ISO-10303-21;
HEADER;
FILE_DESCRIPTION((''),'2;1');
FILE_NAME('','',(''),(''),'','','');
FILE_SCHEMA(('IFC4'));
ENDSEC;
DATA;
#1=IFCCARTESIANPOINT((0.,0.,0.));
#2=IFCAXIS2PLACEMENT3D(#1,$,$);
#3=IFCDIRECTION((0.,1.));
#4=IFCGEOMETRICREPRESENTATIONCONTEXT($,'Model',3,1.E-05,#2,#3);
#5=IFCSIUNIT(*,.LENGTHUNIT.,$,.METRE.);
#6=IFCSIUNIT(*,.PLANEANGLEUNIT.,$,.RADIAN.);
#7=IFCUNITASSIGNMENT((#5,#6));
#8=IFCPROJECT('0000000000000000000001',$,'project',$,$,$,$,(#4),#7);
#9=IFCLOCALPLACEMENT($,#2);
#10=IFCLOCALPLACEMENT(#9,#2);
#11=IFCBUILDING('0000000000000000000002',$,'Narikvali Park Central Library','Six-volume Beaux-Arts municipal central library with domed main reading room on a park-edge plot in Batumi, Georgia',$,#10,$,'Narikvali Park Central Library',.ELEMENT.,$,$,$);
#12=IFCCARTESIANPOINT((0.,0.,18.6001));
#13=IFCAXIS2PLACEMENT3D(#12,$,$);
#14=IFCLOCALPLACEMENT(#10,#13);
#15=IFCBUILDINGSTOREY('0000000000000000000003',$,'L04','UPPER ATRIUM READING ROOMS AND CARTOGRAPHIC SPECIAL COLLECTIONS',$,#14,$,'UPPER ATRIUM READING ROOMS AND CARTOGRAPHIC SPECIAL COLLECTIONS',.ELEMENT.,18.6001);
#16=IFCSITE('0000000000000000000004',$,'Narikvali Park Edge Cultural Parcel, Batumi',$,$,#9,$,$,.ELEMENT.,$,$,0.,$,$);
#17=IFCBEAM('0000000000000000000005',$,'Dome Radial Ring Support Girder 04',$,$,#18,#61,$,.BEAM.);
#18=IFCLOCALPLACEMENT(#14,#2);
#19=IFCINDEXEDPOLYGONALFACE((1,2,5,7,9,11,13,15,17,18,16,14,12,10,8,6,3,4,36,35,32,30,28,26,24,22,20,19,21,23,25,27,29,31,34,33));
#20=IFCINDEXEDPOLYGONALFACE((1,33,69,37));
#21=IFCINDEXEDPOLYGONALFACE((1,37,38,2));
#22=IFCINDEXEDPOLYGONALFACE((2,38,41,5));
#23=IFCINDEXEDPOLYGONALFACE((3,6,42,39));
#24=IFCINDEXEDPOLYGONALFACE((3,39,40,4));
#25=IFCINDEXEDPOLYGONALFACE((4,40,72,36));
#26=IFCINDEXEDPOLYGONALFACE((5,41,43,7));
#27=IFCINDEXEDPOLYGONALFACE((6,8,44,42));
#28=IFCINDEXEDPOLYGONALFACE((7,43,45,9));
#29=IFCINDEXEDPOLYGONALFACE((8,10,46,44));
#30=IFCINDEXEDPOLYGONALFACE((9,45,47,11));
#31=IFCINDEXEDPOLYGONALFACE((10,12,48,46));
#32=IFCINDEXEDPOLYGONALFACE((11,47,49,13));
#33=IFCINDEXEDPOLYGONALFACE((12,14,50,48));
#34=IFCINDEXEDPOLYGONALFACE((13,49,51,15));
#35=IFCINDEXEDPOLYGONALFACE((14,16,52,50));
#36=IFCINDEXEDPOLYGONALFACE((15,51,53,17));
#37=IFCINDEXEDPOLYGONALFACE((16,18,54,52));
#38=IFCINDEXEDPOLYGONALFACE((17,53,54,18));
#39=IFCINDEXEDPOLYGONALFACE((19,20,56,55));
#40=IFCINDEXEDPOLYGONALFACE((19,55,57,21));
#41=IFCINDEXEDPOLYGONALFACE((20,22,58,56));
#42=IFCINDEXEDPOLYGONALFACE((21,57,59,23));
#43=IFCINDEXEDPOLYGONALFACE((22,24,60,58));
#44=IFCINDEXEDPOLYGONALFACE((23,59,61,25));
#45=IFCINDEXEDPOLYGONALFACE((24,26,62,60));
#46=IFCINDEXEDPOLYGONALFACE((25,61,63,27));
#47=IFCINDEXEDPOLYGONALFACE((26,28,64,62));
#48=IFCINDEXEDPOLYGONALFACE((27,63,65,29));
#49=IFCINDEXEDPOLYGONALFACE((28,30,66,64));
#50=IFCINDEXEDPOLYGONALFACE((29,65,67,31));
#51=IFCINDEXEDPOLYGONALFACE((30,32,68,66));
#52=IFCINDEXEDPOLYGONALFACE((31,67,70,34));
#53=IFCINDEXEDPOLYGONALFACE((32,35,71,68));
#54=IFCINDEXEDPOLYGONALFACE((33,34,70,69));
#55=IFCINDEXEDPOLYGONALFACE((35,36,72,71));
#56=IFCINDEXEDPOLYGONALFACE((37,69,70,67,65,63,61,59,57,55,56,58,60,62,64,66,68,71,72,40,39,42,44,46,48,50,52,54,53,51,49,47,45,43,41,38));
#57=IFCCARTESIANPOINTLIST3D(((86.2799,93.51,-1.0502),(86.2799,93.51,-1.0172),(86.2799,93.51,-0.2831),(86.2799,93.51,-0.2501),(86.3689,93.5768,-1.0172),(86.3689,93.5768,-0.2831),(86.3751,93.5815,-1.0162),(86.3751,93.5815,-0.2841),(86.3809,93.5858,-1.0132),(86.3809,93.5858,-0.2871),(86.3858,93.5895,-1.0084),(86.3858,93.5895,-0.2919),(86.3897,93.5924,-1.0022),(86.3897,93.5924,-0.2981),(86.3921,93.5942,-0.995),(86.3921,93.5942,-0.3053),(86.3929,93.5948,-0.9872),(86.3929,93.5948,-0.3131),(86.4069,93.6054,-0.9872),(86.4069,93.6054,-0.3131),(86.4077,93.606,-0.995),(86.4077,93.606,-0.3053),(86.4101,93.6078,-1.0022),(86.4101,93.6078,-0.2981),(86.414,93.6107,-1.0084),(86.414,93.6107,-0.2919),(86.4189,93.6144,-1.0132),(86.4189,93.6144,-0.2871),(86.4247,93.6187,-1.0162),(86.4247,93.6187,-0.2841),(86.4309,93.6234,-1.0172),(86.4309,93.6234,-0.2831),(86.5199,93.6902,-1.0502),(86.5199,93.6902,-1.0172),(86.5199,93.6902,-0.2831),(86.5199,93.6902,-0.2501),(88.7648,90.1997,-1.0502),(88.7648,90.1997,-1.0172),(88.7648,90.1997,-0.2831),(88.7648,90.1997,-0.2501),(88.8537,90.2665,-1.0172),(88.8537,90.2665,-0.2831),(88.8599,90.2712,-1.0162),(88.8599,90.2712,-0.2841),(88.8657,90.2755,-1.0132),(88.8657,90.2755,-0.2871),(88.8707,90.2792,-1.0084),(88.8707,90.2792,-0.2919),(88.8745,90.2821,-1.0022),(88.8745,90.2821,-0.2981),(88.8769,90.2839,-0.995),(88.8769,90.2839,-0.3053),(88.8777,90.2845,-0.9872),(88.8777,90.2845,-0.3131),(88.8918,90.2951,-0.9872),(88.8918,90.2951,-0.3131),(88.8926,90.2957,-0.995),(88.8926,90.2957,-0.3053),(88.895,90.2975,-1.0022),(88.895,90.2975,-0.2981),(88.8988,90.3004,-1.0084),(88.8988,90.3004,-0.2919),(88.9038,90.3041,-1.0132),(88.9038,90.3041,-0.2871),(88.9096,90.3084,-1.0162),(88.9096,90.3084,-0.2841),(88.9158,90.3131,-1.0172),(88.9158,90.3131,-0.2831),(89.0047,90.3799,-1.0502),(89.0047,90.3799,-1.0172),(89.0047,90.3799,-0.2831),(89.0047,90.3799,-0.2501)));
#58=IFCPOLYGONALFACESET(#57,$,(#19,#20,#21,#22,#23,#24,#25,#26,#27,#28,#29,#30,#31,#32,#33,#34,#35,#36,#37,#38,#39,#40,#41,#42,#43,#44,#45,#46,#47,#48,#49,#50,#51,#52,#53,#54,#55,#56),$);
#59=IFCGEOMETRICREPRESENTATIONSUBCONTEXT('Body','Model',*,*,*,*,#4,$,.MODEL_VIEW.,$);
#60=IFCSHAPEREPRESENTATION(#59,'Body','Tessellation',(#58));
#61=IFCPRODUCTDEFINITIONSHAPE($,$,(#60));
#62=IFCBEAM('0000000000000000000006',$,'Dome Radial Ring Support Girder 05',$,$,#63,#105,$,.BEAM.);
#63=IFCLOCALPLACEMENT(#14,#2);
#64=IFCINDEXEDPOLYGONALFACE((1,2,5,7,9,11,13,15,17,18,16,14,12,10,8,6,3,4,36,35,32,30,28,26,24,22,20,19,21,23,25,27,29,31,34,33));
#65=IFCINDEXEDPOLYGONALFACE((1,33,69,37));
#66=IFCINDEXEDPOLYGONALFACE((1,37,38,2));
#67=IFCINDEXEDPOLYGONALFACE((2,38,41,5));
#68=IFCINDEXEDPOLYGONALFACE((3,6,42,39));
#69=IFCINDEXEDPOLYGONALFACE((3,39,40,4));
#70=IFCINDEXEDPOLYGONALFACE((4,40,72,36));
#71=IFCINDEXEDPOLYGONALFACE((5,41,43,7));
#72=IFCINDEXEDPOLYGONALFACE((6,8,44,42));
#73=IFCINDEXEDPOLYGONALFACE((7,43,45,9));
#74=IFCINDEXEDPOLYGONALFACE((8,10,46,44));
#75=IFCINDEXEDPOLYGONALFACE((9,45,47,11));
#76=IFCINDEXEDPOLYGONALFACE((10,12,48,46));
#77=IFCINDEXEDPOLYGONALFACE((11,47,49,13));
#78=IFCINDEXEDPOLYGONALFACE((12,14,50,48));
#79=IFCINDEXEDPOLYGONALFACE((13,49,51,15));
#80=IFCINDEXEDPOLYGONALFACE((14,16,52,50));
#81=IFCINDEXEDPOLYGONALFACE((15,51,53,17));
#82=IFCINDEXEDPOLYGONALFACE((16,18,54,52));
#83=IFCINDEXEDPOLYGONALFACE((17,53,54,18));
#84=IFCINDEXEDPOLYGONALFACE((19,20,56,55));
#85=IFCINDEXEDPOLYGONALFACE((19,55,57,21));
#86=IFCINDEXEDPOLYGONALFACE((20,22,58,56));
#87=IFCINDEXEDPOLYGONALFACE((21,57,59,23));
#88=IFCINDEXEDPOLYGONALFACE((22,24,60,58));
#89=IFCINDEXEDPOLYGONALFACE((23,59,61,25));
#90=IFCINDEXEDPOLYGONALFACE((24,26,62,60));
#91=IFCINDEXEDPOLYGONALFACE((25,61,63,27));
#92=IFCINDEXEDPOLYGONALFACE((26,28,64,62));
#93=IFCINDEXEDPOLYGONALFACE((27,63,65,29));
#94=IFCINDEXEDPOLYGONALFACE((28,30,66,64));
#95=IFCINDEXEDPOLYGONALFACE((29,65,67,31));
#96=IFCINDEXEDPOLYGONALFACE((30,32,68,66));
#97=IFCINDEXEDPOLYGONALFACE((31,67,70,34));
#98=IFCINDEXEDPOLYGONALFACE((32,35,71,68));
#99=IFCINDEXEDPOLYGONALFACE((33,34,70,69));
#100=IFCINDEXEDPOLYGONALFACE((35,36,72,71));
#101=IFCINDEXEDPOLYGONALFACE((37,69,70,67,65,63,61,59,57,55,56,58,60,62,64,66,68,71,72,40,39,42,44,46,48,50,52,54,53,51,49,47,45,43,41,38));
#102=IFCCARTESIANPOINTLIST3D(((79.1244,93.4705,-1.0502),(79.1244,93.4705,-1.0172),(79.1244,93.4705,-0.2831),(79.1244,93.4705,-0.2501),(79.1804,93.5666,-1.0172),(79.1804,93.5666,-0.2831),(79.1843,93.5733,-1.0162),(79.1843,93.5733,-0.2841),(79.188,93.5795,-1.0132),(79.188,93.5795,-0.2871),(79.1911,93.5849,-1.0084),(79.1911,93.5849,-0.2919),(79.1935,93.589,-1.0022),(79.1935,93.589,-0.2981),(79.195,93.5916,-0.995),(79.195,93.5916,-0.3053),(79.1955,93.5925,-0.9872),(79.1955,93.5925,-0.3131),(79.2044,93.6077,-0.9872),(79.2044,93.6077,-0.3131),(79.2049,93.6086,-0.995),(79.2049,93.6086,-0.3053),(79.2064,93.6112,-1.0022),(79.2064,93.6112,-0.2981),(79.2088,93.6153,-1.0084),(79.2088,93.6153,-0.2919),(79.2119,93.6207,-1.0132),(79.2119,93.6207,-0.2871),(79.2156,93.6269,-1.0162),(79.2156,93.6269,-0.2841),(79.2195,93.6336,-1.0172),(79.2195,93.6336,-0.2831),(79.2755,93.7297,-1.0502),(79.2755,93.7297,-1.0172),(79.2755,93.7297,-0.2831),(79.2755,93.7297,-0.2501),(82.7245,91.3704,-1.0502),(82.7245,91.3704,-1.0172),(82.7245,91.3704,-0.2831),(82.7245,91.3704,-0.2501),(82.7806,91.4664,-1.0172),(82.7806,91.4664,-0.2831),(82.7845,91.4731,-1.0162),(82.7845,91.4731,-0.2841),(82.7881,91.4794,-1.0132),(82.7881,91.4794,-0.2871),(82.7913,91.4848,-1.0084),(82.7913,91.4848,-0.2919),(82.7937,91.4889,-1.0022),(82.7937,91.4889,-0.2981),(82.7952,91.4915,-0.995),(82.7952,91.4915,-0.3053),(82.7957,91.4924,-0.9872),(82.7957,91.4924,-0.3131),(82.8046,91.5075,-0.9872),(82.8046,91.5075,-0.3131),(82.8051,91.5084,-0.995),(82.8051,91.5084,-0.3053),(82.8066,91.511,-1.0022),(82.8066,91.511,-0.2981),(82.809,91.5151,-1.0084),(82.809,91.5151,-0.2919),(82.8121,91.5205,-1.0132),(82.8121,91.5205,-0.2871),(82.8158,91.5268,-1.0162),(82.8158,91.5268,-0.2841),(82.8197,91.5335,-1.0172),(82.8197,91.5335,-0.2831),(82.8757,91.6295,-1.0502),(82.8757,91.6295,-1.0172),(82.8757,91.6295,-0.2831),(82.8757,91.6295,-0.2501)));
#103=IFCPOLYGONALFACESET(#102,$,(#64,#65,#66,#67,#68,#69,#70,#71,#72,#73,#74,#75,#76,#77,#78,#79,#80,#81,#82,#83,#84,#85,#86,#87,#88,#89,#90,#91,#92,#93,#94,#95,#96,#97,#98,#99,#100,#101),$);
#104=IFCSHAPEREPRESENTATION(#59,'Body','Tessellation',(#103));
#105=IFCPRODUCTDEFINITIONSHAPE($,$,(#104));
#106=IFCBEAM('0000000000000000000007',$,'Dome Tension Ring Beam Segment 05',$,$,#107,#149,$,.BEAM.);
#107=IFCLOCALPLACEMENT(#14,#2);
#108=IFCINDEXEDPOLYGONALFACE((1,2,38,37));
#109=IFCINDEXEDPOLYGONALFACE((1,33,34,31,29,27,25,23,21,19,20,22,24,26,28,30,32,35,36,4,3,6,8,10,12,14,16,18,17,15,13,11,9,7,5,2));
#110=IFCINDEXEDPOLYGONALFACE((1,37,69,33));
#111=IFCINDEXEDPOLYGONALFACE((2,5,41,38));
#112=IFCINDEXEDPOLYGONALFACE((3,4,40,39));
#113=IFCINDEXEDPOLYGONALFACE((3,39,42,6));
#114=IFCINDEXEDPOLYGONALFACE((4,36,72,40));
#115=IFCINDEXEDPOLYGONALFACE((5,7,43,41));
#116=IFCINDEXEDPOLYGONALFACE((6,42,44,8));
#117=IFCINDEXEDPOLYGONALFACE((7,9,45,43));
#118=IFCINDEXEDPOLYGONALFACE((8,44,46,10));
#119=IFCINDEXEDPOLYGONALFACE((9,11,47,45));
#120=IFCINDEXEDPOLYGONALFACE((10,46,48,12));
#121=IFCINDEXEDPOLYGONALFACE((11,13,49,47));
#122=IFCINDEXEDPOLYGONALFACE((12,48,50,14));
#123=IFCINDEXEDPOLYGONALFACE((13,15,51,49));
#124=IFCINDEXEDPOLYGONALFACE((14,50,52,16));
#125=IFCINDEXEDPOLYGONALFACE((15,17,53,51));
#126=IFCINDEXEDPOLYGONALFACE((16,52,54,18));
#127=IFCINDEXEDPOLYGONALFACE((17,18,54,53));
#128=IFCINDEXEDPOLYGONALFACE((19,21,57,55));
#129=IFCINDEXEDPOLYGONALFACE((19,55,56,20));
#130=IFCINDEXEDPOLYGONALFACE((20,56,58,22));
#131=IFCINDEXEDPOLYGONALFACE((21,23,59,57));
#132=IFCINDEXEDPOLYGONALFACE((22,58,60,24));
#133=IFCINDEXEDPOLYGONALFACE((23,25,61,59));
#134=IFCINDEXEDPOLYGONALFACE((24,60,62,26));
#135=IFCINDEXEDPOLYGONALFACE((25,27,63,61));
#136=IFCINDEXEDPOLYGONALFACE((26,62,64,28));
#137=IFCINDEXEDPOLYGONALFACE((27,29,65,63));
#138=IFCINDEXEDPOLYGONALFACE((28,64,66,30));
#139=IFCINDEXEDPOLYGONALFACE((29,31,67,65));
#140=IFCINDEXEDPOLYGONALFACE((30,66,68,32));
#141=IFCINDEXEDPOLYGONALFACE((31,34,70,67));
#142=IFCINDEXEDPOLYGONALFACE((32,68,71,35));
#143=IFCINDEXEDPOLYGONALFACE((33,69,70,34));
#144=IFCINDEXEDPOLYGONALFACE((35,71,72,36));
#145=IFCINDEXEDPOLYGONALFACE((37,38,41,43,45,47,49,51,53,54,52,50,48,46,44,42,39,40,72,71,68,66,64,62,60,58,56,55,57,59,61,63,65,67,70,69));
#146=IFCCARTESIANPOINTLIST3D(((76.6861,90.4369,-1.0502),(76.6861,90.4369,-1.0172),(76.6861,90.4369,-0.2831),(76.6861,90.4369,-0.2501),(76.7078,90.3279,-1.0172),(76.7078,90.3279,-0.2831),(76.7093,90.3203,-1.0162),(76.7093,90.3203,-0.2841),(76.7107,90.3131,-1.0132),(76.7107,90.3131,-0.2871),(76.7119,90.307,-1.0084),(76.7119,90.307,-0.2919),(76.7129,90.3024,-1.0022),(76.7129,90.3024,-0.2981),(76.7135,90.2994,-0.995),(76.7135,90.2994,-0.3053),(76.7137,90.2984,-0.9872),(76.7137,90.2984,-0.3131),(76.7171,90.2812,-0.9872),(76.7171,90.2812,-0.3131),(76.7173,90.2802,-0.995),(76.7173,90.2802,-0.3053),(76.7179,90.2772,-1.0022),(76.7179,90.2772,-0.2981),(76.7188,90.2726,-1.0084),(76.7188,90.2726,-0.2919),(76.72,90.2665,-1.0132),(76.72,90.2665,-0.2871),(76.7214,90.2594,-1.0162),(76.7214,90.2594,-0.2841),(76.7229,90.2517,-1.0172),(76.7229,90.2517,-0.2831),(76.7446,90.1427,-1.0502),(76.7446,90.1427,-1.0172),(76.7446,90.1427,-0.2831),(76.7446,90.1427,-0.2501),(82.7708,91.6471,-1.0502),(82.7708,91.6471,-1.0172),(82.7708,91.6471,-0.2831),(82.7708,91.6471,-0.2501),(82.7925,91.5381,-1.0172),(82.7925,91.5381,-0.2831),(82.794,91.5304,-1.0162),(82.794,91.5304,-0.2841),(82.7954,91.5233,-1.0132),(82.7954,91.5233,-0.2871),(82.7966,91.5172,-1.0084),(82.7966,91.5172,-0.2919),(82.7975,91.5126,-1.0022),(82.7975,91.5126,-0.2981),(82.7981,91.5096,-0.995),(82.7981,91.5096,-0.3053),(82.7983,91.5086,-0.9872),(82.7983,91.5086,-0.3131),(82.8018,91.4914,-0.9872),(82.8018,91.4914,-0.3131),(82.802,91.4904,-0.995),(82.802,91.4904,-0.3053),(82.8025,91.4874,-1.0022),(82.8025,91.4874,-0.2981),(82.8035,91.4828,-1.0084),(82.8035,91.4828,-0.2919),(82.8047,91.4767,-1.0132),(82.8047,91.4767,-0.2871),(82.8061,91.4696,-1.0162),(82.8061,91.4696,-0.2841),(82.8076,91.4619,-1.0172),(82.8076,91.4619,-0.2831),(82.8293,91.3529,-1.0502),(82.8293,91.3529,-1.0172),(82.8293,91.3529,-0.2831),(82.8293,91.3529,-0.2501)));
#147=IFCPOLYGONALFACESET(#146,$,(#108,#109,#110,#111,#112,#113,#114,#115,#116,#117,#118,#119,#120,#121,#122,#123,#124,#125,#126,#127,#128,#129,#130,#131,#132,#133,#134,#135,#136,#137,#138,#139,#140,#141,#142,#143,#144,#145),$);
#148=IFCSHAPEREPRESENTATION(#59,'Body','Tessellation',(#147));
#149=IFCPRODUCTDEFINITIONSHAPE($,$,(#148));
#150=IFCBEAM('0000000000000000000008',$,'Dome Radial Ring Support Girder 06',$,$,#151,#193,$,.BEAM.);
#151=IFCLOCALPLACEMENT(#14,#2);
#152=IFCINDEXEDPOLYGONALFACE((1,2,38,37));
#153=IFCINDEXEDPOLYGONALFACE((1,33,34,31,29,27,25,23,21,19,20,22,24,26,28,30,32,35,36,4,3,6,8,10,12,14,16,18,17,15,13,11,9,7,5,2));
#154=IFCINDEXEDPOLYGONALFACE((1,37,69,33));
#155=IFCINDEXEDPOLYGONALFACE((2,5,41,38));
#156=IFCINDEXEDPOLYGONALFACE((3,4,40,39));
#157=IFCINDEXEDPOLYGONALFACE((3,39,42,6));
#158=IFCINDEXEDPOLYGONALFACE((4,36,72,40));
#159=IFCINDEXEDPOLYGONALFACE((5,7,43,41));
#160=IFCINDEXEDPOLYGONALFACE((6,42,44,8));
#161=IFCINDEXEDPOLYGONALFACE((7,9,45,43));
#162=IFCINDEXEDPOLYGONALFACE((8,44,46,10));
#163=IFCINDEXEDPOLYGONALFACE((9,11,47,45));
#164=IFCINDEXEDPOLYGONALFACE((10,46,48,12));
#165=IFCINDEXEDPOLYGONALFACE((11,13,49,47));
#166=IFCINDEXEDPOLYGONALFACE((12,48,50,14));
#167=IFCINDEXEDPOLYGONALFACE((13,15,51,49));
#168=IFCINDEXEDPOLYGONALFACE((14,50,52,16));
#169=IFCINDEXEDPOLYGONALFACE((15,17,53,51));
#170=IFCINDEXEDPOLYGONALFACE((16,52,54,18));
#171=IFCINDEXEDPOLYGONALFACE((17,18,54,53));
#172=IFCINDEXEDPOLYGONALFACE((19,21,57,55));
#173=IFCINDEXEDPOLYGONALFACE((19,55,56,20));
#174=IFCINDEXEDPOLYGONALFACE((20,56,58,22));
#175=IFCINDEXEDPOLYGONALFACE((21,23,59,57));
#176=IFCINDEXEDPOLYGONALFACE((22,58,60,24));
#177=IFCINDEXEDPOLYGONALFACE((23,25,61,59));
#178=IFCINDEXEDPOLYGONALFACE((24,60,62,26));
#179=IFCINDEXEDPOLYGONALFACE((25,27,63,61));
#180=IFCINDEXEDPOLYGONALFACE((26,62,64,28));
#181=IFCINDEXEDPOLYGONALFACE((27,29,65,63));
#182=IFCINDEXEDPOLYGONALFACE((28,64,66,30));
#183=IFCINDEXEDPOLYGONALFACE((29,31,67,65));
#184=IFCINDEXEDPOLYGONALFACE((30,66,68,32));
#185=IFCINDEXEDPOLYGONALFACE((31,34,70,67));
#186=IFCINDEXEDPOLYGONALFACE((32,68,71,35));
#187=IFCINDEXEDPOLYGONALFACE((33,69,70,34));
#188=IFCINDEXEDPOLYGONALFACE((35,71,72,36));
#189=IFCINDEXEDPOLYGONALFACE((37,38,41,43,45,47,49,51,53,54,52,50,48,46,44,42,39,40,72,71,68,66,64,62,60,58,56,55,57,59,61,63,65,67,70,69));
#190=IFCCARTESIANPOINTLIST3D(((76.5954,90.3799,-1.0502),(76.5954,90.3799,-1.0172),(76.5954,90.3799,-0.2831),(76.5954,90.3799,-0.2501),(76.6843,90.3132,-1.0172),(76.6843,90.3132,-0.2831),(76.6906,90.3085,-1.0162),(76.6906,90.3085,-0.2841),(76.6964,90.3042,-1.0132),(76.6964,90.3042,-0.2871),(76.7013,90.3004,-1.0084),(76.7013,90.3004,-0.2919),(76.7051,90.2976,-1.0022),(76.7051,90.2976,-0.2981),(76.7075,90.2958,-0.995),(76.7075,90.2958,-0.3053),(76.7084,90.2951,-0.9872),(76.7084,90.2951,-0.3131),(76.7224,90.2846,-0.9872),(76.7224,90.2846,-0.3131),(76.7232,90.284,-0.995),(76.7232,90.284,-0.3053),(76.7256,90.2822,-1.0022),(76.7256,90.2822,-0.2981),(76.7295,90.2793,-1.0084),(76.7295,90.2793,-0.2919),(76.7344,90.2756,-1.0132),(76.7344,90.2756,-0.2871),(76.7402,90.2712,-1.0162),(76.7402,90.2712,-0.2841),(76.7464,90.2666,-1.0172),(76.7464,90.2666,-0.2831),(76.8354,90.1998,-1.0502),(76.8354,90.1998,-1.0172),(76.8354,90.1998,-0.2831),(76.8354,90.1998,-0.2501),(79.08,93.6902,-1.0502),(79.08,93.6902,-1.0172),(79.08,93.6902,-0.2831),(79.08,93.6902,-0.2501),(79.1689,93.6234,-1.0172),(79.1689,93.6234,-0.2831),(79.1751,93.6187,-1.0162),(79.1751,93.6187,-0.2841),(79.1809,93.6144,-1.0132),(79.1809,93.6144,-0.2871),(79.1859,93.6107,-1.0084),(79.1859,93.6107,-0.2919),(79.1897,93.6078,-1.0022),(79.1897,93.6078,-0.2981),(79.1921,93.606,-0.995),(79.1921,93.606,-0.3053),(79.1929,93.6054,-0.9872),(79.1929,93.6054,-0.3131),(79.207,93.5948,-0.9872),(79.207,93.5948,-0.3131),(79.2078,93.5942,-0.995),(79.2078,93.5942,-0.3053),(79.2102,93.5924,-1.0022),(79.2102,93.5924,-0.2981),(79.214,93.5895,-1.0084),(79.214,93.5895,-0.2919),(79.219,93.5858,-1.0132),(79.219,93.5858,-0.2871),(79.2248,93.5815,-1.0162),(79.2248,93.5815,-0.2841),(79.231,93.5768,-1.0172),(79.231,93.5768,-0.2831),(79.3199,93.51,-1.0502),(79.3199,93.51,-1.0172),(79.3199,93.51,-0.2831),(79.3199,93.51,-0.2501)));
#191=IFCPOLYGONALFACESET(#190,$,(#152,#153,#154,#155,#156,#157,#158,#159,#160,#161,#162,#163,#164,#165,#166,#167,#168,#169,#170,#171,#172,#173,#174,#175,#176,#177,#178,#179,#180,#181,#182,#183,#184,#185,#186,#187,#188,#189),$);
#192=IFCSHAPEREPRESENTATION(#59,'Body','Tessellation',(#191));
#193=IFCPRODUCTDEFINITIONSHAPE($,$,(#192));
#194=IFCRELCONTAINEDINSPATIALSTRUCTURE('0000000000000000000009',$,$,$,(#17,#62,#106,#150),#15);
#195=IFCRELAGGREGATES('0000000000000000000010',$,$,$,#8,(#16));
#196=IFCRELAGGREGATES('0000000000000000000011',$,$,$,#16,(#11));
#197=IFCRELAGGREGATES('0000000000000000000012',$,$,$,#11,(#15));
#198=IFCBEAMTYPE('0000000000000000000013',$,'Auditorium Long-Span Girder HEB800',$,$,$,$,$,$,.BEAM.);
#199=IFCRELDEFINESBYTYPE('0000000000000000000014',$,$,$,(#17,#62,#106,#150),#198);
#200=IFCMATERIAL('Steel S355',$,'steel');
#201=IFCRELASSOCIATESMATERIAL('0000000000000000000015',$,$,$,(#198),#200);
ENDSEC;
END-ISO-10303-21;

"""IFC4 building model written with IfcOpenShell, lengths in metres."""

from ifc_helpers import new_model, si_unit, direction, frame, origin, origin_2d, place, context, subcontext, project, spatial, i_section, extrude, material, material_profile, profile_set, type_object, element, save


model = new_model("IFC4")

# Units and contexts
model_context = context("Model", 3, precision=1e-05, world=origin(), true_north=direction((0.0, 1.0)))
body_context = subcontext(model_context, "Body", "Model", "MODEL_VIEW")
ifc_project = project(units=[si_unit("LENGTHUNIT", "METRE"), si_unit("PLANEANGLEUNIT", "RADIAN")], contexts=[model_context])

# Site, building, storey
site_placement = place(None, origin())
site = spatial("IfcSite", under=ifc_project, at=site_placement, Name="Narikvali Park Edge Cultural Parcel, Batumi", CompositionType="ELEMENT", RefElevation=0.0)
building_placement = place(site_placement, origin())
building = spatial("IfcBuilding", under=site, at=building_placement, Name="Narikvali Park Central Library", Description="Six-volume Beaux-Arts municipal central library with domed main reading room on a park-edge plot in Batumi, Georgia", LongName="Narikvali Park Central Library", CompositionType="ELEMENT")
storey_placement = place(building_placement, frame((0.0, 0.0, 18.6001)))
storey = spatial("IfcBuildingStorey", under=building, at=storey_placement, Name="L04", Description="UPPER ATRIUM READING ROOMS AND CARTOGRAPHIC SPECIAL COLLECTIONS", LongName="UPPER ATRIUM READING ROOMS AND CARTOGRAPHIC SPECIAL COLLECTIONS", CompositionType="ELEMENT", Elevation=18.6001)

# Beams
ifc_material_1 = material(Name="Steel S355", Category="steel")
ifc_material_profile_1 = material_profile(ifc_material_1, i_section(OverallWidth=0.3, OverallDepth=0.8, WebThickness=0.0176, FlangeThickness=0.033, FilletRadius=0.03, at=origin_2d()), Name="HEB 800")
ifc_profile_set_1 = profile_set([ifc_material_profile_1], Name="Steel S355")
beam_type_1 = type_object("IfcBeamType", Name="Auditorium Long-Span Girder HEB800", PredefinedType="BEAM", material=ifc_profile_set_1)
beam_1_placement = place(storey_placement, frame((86.3999, 93.6001, -0.6501), z_axis=(0.60033, -0.799752, 0.0), x_axis=(0.799752, 0.60033, 0.0)))
element("IfcBeam", 1, at=beam_1_placement, inside=storey, type_object=beam_type_1, Name="Dome Radial Ring Support Girder 04", PredefinedType="BEAM", context=body_context, shape_type="SweptSolid", body=[
    extrude(i_section(OverallWidth=0.3, OverallDepth=0.8, WebThickness=0.0176, FlangeThickness=0.033, FilletRadius=0.03, at=origin_2d()), origin(), (0.0, 0.0, 1.0), 4.1392),
])
beam_2_placement = place(storey_placement, frame((79.2, 93.6001, -0.6501), z_axis=(0.863775, -0.503878, 0.0), x_axis=(0.503878, 0.863775, 0.0)))
element("IfcBeam", 2, at=beam_2_placement, inside=storey, type_object=beam_type_1, Name="Dome Radial Ring Support Girder 05", PredefinedType="BEAM", context=body_context, shape_type="SweptSolid", body=[
    extrude(i_section(OverallWidth=0.3, OverallDepth=0.8, WebThickness=0.0176, FlangeThickness=0.033, FilletRadius=0.03, at=origin_2d()), origin(), (0.0, 0.0, 1.0), 4.168),
])
beam_3_placement = place(storey_placement, frame((82.8, 91.5, -0.6501), z_axis=(-0.980789, -0.195072, 0.0), x_axis=(0.195072, -0.980789, 0.0)))
element("IfcBeam", 3, at=beam_3_placement, inside=storey, type_object=beam_type_1, Name="Dome Tension Ring Beam Segment 05", PredefinedType="BEAM", context=body_context, shape_type="SweptSolid", body=[
    extrude(i_section(OverallWidth=0.3, OverallDepth=0.8, WebThickness=0.0176, FlangeThickness=0.033, FilletRadius=0.03, at=origin_2d()), origin(), (0.0, 0.0, 1.0), 6.2039),
])
beam_4_placement = place(storey_placement, frame((79.2, 93.6001, -0.6501), z_axis=(-0.600293, -0.799781, 0.0), x_axis=(0.799781, -0.600293, 0.0)))
element("IfcBeam", 4, at=beam_4_placement, inside=storey, type_object=beam_type_1, Name="Dome Radial Ring Support Girder 06", PredefinedType="BEAM", context=body_context, shape_type="SweptSolid", body=[
    extrude(i_section(OverallWidth=0.3, OverallDepth=0.8, WebThickness=0.0176, FlangeThickness=0.033, FilletRadius=0.03, at=origin_2d()), origin(), (0.0, 0.0, 1.0), 4.1389),
])

save(model, "model.ifc")
